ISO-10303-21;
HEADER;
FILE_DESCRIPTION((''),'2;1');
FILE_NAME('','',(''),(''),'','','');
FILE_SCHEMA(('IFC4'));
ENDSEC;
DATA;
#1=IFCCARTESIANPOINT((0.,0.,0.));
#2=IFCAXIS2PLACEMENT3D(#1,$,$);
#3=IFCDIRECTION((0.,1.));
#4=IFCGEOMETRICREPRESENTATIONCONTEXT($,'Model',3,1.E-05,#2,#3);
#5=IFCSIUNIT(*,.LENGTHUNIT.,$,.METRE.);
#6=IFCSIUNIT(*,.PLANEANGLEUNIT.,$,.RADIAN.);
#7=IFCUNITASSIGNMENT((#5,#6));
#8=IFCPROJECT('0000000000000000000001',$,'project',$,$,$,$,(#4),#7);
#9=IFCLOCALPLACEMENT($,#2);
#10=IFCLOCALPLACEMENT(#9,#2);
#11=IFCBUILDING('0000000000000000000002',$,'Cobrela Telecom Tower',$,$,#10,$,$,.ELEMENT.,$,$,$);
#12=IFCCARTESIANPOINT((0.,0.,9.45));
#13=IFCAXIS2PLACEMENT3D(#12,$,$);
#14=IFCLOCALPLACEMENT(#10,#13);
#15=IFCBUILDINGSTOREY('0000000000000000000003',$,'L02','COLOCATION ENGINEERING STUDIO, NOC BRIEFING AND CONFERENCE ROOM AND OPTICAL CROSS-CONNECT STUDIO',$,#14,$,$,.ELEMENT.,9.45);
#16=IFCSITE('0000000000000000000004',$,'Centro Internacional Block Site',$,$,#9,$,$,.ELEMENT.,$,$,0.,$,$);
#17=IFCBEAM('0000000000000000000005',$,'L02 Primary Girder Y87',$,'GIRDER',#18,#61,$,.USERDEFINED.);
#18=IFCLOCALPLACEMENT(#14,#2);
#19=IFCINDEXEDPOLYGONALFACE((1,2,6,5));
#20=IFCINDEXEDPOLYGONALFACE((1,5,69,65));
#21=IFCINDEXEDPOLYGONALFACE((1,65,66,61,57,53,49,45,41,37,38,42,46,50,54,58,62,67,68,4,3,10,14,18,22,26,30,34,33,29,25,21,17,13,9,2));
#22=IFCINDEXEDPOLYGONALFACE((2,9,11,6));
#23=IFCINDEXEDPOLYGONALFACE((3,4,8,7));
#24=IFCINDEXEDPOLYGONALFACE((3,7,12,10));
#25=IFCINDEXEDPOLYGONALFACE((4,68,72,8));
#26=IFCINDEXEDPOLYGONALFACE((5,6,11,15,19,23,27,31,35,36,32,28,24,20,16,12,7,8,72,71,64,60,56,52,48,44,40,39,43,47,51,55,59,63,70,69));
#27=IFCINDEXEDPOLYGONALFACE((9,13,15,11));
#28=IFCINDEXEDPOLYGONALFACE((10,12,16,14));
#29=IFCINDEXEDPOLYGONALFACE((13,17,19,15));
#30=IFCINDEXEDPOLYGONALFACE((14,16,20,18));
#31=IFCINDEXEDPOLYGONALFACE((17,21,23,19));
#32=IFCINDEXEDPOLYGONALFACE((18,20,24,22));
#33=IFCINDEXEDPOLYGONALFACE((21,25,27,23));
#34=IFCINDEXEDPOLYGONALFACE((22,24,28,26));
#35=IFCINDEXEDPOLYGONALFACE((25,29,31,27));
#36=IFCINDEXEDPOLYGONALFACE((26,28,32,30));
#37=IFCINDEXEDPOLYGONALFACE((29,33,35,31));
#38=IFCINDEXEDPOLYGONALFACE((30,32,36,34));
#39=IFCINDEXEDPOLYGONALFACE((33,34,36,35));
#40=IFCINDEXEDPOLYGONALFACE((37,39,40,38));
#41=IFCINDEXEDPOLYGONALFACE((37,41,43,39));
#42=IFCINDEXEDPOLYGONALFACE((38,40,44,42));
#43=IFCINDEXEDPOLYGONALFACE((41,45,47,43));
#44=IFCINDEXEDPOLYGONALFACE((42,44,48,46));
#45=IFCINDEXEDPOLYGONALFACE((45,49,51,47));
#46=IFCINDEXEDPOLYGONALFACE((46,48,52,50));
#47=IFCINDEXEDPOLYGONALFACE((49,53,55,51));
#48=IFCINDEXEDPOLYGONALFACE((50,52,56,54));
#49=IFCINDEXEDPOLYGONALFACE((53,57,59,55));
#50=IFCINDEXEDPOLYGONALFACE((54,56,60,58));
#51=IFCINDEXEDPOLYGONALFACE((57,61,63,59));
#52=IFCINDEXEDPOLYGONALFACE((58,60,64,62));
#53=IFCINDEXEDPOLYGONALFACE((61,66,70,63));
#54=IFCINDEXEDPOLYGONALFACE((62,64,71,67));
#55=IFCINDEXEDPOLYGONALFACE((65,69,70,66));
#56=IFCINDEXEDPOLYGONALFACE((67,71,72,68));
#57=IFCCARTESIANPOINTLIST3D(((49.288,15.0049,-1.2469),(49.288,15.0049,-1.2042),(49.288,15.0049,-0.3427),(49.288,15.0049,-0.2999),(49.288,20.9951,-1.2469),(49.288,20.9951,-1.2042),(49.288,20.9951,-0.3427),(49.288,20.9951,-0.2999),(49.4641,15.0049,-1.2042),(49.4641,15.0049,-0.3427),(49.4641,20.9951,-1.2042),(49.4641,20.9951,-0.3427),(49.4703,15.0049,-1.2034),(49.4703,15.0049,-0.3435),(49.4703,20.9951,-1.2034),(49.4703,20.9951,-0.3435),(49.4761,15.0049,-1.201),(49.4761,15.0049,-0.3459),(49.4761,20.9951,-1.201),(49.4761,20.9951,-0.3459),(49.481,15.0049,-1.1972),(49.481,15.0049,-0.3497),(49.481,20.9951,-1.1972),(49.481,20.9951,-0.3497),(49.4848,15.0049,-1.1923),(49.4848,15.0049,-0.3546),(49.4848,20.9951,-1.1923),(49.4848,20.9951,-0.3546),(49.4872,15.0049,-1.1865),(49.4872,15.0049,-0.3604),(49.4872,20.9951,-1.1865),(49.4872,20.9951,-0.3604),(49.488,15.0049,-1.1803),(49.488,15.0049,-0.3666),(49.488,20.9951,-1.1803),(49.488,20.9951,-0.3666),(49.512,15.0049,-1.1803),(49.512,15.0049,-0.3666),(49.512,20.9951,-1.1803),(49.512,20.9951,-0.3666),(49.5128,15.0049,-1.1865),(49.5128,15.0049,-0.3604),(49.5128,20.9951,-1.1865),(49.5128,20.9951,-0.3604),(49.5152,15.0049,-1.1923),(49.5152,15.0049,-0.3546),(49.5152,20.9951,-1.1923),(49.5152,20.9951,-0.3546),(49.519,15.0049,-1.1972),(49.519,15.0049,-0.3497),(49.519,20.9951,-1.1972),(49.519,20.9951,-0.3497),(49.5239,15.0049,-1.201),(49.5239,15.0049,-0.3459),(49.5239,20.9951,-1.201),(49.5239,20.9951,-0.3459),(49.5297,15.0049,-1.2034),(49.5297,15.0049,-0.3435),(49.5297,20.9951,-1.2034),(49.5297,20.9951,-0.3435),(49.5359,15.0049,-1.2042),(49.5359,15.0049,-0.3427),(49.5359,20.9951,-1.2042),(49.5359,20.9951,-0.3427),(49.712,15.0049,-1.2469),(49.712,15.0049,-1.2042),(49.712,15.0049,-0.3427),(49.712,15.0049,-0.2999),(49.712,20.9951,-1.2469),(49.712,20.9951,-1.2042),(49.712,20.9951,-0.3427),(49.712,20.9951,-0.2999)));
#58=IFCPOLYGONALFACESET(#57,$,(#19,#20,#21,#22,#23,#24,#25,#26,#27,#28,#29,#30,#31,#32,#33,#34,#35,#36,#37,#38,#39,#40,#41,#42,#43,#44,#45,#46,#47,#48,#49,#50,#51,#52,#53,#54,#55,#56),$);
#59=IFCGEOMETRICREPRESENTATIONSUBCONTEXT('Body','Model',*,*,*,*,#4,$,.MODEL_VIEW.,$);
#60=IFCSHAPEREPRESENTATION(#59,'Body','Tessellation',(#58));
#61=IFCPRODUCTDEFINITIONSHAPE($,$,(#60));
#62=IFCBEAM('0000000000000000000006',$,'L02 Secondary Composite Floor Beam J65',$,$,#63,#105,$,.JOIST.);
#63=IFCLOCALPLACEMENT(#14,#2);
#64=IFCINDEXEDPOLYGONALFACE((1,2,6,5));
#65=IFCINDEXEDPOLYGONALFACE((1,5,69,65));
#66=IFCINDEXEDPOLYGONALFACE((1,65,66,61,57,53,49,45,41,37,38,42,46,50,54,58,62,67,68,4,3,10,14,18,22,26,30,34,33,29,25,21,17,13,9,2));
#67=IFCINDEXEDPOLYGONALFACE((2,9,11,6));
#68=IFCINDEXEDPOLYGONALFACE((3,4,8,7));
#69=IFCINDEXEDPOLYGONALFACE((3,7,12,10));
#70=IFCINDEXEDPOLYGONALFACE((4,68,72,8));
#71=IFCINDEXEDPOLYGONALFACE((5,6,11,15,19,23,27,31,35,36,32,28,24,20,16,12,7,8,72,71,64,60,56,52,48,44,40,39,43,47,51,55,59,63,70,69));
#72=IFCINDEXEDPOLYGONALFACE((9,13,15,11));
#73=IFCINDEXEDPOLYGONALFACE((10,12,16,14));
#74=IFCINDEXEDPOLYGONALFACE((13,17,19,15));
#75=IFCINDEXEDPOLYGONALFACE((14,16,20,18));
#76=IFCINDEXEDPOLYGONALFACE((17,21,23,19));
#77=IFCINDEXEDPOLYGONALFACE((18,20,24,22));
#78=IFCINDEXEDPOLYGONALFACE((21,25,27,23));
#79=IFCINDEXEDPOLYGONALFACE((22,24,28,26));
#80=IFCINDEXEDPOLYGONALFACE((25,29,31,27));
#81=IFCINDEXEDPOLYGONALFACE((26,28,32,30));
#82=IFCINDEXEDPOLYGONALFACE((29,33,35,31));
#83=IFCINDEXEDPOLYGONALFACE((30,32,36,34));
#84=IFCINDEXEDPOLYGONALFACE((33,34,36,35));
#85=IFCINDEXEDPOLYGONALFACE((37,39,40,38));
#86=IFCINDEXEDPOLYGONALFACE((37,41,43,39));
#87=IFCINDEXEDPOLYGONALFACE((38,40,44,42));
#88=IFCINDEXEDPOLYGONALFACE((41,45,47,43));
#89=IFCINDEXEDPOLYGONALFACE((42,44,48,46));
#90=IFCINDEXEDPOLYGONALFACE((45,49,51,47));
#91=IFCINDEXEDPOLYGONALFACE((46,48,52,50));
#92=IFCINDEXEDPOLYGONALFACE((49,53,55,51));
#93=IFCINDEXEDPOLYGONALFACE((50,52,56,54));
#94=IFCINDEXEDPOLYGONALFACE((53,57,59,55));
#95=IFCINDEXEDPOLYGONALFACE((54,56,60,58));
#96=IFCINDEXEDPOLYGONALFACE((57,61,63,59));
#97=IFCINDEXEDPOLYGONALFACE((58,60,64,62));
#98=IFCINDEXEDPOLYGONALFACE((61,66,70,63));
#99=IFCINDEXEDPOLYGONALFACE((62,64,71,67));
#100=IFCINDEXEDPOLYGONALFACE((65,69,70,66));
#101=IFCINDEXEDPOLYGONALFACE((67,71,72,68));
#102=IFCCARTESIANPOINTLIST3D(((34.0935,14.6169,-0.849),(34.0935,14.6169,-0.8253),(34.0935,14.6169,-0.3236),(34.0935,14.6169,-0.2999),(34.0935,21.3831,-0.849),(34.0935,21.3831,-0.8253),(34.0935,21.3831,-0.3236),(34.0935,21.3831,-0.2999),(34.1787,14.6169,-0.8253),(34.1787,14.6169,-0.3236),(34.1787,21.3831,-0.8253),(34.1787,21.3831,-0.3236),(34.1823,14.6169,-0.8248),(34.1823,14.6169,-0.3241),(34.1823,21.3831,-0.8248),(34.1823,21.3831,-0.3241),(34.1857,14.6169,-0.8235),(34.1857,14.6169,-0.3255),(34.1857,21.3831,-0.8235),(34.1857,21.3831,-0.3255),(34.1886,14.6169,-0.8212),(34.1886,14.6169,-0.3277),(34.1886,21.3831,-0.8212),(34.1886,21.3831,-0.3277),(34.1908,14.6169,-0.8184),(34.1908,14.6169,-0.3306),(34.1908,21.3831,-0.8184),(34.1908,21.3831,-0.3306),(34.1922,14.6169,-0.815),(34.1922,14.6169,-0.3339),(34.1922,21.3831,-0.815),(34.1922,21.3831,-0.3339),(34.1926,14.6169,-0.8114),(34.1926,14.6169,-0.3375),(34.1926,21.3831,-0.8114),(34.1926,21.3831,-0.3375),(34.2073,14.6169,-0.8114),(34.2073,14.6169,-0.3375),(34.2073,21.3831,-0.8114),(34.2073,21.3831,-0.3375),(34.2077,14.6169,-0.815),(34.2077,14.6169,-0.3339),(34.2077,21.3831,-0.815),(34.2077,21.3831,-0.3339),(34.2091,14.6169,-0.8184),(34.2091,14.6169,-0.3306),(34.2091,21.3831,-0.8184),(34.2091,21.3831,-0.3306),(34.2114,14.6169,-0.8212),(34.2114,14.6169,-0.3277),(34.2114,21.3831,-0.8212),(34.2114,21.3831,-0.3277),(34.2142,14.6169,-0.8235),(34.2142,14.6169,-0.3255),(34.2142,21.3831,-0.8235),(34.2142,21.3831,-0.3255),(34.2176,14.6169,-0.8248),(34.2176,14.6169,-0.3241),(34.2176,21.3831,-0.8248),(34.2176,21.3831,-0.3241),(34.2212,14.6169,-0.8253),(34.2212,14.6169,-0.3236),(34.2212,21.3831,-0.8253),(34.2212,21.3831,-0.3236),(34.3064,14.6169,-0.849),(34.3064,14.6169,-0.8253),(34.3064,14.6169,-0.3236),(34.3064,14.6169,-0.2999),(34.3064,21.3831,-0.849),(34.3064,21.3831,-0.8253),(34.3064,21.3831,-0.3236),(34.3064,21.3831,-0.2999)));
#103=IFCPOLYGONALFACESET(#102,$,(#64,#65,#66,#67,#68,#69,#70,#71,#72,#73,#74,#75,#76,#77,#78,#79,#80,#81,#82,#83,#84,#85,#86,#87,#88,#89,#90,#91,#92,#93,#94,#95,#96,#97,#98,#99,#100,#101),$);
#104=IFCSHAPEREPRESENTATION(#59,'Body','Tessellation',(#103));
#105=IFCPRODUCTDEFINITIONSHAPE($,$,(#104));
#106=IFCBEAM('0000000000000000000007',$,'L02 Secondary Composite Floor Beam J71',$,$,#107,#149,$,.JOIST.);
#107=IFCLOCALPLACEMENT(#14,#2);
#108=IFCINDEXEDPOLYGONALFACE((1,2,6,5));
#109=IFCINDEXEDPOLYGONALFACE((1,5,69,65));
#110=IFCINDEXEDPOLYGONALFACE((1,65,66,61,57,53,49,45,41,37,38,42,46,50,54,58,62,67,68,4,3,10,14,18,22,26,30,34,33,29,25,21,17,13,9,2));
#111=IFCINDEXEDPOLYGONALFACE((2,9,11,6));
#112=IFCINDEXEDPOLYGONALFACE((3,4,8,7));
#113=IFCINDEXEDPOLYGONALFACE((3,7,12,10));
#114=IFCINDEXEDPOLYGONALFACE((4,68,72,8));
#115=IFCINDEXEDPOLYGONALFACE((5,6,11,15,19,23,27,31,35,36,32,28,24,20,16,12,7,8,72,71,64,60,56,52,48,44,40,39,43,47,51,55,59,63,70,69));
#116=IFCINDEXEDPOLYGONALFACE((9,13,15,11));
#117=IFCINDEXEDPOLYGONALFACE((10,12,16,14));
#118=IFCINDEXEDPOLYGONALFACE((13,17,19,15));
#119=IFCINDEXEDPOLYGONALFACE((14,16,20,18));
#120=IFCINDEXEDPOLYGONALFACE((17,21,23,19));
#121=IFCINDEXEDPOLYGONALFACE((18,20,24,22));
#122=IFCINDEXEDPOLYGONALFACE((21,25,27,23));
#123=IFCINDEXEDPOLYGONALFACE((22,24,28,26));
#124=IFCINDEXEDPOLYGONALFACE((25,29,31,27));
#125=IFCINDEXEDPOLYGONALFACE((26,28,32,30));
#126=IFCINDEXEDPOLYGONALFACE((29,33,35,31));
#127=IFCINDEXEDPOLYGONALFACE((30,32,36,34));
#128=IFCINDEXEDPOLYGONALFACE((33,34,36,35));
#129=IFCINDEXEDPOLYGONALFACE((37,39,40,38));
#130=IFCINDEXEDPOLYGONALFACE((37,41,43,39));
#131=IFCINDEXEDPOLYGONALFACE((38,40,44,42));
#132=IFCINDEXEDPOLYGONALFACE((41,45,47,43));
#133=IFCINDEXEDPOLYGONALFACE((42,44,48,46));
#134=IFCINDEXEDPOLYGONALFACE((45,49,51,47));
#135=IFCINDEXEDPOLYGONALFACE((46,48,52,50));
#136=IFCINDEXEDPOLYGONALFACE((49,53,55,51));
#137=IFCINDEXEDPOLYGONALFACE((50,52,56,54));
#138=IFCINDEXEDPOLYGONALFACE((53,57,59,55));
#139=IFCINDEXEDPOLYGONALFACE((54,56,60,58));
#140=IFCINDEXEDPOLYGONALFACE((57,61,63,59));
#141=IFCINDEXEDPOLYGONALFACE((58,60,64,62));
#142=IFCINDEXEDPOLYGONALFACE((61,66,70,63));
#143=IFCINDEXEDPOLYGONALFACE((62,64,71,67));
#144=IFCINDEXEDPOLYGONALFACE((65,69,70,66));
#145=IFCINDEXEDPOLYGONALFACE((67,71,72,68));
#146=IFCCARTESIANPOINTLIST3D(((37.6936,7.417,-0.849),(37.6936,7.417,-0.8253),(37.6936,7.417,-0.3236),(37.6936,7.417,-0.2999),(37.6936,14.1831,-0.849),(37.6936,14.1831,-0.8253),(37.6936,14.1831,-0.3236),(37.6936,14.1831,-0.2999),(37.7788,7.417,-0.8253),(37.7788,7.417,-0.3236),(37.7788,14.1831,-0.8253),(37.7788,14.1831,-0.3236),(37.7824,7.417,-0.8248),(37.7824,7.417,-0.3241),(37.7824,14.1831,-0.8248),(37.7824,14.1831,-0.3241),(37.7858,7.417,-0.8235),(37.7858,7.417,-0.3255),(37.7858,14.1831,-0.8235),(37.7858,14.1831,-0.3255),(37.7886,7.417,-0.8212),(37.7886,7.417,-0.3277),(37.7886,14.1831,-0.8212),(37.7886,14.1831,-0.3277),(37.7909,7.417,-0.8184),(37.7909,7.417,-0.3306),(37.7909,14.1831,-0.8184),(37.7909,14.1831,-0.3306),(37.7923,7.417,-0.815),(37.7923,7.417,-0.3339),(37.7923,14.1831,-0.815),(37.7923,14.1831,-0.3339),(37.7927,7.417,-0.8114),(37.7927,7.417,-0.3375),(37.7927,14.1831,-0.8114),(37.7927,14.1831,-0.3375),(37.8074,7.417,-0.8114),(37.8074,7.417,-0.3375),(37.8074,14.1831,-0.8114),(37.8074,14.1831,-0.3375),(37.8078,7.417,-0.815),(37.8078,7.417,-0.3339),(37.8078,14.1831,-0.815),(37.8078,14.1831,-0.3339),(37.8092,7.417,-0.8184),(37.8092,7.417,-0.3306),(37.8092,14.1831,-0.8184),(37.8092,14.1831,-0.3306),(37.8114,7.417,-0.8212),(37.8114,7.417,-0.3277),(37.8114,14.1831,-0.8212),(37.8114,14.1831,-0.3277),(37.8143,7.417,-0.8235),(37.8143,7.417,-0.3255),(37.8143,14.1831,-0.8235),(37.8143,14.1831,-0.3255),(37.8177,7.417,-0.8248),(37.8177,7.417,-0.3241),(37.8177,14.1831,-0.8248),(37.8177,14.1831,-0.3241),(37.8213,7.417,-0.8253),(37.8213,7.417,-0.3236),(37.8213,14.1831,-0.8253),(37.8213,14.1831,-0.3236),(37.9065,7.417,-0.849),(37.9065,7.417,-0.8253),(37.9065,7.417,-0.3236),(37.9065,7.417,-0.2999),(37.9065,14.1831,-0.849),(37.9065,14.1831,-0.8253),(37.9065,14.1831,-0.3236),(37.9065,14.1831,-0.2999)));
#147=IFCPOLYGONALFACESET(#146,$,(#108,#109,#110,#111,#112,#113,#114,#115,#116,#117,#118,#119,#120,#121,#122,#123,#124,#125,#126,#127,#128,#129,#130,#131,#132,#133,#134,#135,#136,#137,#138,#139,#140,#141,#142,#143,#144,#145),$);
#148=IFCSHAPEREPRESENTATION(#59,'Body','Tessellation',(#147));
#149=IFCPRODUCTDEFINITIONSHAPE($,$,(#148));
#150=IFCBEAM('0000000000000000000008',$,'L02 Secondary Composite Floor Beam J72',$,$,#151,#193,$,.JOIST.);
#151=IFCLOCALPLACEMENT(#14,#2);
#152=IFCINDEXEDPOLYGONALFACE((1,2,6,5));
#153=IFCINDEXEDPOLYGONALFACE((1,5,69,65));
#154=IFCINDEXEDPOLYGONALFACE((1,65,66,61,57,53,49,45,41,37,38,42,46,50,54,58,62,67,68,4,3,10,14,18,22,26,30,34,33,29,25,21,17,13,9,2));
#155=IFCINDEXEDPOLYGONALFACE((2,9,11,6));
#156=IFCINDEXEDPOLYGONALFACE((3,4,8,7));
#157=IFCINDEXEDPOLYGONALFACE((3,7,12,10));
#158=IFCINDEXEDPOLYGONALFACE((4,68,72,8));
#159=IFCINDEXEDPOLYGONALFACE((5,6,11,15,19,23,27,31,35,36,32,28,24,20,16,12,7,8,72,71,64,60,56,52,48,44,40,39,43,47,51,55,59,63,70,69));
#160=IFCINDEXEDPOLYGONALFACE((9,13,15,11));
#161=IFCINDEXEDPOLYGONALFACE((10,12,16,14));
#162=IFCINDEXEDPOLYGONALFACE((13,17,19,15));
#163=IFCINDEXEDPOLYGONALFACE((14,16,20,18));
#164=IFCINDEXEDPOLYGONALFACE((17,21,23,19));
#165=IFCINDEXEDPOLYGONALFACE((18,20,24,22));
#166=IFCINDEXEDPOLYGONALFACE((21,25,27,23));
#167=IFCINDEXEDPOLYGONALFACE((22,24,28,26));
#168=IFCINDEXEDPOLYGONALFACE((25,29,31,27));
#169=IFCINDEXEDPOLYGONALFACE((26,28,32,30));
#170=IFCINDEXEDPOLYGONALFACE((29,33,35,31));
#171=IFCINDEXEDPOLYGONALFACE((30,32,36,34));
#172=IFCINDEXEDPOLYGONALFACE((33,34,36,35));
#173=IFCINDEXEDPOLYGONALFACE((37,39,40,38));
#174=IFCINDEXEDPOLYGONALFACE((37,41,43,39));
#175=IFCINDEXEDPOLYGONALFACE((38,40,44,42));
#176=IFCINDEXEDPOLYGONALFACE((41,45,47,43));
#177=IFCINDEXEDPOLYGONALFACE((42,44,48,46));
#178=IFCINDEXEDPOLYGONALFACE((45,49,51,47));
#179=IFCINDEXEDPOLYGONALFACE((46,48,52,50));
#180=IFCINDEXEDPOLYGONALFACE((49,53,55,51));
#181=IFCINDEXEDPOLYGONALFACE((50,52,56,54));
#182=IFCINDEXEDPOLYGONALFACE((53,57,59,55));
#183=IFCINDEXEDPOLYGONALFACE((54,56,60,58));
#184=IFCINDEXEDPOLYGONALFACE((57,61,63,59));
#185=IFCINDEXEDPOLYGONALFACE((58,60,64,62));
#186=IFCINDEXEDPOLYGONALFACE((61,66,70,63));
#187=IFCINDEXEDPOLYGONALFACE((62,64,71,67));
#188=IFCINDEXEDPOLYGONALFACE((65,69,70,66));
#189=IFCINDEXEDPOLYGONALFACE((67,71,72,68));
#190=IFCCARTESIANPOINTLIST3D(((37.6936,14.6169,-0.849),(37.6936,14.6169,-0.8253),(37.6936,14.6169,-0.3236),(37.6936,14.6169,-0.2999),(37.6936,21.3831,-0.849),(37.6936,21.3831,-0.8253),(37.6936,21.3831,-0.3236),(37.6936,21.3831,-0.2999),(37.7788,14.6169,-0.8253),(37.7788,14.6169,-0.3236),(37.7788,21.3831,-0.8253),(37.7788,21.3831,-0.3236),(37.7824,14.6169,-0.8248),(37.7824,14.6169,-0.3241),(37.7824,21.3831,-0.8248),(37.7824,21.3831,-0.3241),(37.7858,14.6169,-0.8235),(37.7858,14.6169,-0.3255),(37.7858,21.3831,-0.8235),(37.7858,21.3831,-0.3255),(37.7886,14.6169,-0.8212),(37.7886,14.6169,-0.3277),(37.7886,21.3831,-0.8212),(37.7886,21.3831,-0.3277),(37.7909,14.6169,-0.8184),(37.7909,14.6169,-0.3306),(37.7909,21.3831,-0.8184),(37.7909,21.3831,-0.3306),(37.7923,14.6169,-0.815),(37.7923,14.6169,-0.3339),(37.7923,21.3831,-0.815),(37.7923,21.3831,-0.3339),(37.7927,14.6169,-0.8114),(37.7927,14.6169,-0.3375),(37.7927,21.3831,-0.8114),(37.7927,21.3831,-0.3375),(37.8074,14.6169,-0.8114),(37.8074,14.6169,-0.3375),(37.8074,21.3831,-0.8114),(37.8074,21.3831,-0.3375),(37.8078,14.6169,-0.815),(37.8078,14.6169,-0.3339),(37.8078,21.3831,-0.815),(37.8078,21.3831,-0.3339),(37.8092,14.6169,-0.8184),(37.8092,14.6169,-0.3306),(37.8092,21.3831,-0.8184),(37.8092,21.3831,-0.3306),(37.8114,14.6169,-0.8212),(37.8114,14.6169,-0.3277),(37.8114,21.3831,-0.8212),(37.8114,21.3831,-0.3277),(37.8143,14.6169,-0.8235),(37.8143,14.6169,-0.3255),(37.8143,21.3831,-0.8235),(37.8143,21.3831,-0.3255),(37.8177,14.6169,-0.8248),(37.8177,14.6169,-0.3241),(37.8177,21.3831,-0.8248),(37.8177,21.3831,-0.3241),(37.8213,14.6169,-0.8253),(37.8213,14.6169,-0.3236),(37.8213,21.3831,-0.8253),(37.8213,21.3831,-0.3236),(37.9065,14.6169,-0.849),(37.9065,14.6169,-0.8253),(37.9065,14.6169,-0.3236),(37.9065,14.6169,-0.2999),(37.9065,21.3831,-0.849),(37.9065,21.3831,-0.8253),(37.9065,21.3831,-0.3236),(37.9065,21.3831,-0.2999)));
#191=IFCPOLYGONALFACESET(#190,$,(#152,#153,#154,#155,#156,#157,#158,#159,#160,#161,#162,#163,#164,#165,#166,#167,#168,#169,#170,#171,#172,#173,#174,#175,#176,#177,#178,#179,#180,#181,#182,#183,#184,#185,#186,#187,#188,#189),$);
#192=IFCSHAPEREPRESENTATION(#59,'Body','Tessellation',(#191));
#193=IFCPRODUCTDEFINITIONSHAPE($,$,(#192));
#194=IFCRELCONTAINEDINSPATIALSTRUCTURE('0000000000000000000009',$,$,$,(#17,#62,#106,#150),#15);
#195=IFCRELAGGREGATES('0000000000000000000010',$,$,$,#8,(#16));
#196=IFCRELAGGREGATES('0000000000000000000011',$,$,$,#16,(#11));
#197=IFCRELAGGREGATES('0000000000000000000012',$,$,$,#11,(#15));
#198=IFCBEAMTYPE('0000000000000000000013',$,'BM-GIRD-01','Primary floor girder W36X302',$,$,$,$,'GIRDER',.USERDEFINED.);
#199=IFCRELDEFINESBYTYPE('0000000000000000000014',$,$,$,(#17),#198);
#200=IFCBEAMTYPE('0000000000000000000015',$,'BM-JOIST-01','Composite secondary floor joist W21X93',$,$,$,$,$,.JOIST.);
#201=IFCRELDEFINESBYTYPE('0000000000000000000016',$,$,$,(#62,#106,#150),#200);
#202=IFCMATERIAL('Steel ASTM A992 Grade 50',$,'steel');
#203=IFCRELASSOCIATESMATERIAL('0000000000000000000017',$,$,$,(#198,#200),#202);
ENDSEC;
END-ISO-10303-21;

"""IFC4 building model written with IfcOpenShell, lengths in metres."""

from ifc_helpers import new_model, si_unit, direction, frame, origin, origin_2d, place, context, subcontext, project, spatial, i_section, extrude, material, material_profile, profile_set, type_object, element, save


model = new_model("IFC4")

# Units and contexts
model_context = context("Model", 3, precision=1e-05, world=origin(), true_north=direction((0.0, 1.0)))
body_context = subcontext(model_context, "Body", "Model", "MODEL_VIEW")
ifc_project = project(units=[si_unit("LENGTHUNIT", "METRE"), si_unit("PLANEANGLEUNIT", "RADIAN")], contexts=[model_context])

# Site, building, storey
site_placement = place(None, origin())
site = spatial("IfcSite", under=ifc_project, at=site_placement, Name="Centro Internacional Block Site", CompositionType="ELEMENT", RefElevation=0.0)
building_placement = place(site_placement, origin())
building = spatial("IfcBuilding", under=site, at=building_placement, Name="Cobrela Telecom Tower", CompositionType="ELEMENT")
storey_placement = place(building_placement, frame((0.0, 0.0, 9.45)))
storey = spatial("IfcBuildingStorey", under=building, at=storey_placement, Name="L02", Description="COLOCATION ENGINEERING STUDIO, NOC BRIEFING AND CONFERENCE ROOM AND OPTICAL CROSS-CONNECT STUDIO", CompositionType="ELEMENT", Elevation=9.45)

# Beams
ifc_material_1 = material(Name="Steel ASTM A992 Grade 50", Category="steel")
ifc_material_profile_1 = material_profile(ifc_material_1, i_section(OverallWidth=0.4241, OverallDepth=0.947, WebThickness=0.0239, FlangeThickness=0.0427, FilletRadius=0.0239, at=origin_2d()), Name="W36X302")
ifc_profile_set_1 = profile_set([ifc_material_profile_1], Name="Steel ASTM A992 Grade 50")
beam_type_1 = type_object("IfcBeamType", Name="BM-GIRD-01", Description="Primary floor girder W36X302", ElementType="GIRDER", PredefinedType="USERDEFINED", material=ifc_profile_set_1)
beam_1_placement = place(storey_placement, frame((49.5, 15.0049, -0.7734), z_axis=(0.0, 1.0, 0.0), x_axis=(-1.0, 0.0, 0.0)))
element("IfcBeam", 1, at=beam_1_placement, inside=storey, type_object=beam_type_1, Name="L02 Primary Girder Y87", ObjectType="GIRDER", PredefinedType="USERDEFINED", context=body_context, shape_type="SweptSolid", body=[
    extrude(i_section(OverallWidth=0.4241, OverallDepth=0.947, WebThickness=0.0239, FlangeThickness=0.0427, FilletRadius=0.0239, at=origin_2d()), origin(), (0.0, 0.0, 1.0), 5.9902),
])
ifc_material_profile_2 = material_profile(ifc_material_1, i_section(OverallWidth=0.2129, OverallDepth=0.5491, WebThickness=0.0146, FlangeThickness=0.0237, FilletRadius=0.0139, at=origin_2d()), Name="W21X93")
ifc_profile_set_2 = profile_set([ifc_material_profile_2], Name="Steel ASTM A992 Grade 50")
beam_type_2 = type_object("IfcBeamType", Name="BM-JOIST-01", Description="Composite secondary floor joist W21X93", PredefinedType="JOIST", material=ifc_profile_set_2)
for number, where, z_axis, x_axis, name in (
    (2, (34.2, 14.6169, -0.5745), (0.0, 1.0, 0.0), (-1.0, 0.0, 0.0), "L02 Secondary Composite Floor Beam J65"),
    (3, (37.8, 7.417, -0.5745), (0.0, 1.0, 0.0), (-1.0, 0.0, 0.0), "L02 Secondary Composite Floor Beam J71"),
    (4, (37.8, 14.6169, -0.5745), (0.0, 1.0, 0.0), (-1.0, 0.0, 0.0), "L02 Secondary Composite Floor Beam J72"),
):
    element("IfcBeam", number, at=place(storey_placement, frame(where, z_axis=z_axis, x_axis=x_axis)), inside=storey, type_object=beam_type_2, Name=name, PredefinedType="JOIST", context=body_context, shape_type="SweptSolid", body=[
        extrude(i_section(OverallWidth=0.2129, OverallDepth=0.5491, WebThickness=0.0146, FlangeThickness=0.0237, FilletRadius=0.0139, at=origin_2d()), origin(), (0.0, 0.0, 1.0), 6.7661),
    ])

save(model, "model.ifc")
